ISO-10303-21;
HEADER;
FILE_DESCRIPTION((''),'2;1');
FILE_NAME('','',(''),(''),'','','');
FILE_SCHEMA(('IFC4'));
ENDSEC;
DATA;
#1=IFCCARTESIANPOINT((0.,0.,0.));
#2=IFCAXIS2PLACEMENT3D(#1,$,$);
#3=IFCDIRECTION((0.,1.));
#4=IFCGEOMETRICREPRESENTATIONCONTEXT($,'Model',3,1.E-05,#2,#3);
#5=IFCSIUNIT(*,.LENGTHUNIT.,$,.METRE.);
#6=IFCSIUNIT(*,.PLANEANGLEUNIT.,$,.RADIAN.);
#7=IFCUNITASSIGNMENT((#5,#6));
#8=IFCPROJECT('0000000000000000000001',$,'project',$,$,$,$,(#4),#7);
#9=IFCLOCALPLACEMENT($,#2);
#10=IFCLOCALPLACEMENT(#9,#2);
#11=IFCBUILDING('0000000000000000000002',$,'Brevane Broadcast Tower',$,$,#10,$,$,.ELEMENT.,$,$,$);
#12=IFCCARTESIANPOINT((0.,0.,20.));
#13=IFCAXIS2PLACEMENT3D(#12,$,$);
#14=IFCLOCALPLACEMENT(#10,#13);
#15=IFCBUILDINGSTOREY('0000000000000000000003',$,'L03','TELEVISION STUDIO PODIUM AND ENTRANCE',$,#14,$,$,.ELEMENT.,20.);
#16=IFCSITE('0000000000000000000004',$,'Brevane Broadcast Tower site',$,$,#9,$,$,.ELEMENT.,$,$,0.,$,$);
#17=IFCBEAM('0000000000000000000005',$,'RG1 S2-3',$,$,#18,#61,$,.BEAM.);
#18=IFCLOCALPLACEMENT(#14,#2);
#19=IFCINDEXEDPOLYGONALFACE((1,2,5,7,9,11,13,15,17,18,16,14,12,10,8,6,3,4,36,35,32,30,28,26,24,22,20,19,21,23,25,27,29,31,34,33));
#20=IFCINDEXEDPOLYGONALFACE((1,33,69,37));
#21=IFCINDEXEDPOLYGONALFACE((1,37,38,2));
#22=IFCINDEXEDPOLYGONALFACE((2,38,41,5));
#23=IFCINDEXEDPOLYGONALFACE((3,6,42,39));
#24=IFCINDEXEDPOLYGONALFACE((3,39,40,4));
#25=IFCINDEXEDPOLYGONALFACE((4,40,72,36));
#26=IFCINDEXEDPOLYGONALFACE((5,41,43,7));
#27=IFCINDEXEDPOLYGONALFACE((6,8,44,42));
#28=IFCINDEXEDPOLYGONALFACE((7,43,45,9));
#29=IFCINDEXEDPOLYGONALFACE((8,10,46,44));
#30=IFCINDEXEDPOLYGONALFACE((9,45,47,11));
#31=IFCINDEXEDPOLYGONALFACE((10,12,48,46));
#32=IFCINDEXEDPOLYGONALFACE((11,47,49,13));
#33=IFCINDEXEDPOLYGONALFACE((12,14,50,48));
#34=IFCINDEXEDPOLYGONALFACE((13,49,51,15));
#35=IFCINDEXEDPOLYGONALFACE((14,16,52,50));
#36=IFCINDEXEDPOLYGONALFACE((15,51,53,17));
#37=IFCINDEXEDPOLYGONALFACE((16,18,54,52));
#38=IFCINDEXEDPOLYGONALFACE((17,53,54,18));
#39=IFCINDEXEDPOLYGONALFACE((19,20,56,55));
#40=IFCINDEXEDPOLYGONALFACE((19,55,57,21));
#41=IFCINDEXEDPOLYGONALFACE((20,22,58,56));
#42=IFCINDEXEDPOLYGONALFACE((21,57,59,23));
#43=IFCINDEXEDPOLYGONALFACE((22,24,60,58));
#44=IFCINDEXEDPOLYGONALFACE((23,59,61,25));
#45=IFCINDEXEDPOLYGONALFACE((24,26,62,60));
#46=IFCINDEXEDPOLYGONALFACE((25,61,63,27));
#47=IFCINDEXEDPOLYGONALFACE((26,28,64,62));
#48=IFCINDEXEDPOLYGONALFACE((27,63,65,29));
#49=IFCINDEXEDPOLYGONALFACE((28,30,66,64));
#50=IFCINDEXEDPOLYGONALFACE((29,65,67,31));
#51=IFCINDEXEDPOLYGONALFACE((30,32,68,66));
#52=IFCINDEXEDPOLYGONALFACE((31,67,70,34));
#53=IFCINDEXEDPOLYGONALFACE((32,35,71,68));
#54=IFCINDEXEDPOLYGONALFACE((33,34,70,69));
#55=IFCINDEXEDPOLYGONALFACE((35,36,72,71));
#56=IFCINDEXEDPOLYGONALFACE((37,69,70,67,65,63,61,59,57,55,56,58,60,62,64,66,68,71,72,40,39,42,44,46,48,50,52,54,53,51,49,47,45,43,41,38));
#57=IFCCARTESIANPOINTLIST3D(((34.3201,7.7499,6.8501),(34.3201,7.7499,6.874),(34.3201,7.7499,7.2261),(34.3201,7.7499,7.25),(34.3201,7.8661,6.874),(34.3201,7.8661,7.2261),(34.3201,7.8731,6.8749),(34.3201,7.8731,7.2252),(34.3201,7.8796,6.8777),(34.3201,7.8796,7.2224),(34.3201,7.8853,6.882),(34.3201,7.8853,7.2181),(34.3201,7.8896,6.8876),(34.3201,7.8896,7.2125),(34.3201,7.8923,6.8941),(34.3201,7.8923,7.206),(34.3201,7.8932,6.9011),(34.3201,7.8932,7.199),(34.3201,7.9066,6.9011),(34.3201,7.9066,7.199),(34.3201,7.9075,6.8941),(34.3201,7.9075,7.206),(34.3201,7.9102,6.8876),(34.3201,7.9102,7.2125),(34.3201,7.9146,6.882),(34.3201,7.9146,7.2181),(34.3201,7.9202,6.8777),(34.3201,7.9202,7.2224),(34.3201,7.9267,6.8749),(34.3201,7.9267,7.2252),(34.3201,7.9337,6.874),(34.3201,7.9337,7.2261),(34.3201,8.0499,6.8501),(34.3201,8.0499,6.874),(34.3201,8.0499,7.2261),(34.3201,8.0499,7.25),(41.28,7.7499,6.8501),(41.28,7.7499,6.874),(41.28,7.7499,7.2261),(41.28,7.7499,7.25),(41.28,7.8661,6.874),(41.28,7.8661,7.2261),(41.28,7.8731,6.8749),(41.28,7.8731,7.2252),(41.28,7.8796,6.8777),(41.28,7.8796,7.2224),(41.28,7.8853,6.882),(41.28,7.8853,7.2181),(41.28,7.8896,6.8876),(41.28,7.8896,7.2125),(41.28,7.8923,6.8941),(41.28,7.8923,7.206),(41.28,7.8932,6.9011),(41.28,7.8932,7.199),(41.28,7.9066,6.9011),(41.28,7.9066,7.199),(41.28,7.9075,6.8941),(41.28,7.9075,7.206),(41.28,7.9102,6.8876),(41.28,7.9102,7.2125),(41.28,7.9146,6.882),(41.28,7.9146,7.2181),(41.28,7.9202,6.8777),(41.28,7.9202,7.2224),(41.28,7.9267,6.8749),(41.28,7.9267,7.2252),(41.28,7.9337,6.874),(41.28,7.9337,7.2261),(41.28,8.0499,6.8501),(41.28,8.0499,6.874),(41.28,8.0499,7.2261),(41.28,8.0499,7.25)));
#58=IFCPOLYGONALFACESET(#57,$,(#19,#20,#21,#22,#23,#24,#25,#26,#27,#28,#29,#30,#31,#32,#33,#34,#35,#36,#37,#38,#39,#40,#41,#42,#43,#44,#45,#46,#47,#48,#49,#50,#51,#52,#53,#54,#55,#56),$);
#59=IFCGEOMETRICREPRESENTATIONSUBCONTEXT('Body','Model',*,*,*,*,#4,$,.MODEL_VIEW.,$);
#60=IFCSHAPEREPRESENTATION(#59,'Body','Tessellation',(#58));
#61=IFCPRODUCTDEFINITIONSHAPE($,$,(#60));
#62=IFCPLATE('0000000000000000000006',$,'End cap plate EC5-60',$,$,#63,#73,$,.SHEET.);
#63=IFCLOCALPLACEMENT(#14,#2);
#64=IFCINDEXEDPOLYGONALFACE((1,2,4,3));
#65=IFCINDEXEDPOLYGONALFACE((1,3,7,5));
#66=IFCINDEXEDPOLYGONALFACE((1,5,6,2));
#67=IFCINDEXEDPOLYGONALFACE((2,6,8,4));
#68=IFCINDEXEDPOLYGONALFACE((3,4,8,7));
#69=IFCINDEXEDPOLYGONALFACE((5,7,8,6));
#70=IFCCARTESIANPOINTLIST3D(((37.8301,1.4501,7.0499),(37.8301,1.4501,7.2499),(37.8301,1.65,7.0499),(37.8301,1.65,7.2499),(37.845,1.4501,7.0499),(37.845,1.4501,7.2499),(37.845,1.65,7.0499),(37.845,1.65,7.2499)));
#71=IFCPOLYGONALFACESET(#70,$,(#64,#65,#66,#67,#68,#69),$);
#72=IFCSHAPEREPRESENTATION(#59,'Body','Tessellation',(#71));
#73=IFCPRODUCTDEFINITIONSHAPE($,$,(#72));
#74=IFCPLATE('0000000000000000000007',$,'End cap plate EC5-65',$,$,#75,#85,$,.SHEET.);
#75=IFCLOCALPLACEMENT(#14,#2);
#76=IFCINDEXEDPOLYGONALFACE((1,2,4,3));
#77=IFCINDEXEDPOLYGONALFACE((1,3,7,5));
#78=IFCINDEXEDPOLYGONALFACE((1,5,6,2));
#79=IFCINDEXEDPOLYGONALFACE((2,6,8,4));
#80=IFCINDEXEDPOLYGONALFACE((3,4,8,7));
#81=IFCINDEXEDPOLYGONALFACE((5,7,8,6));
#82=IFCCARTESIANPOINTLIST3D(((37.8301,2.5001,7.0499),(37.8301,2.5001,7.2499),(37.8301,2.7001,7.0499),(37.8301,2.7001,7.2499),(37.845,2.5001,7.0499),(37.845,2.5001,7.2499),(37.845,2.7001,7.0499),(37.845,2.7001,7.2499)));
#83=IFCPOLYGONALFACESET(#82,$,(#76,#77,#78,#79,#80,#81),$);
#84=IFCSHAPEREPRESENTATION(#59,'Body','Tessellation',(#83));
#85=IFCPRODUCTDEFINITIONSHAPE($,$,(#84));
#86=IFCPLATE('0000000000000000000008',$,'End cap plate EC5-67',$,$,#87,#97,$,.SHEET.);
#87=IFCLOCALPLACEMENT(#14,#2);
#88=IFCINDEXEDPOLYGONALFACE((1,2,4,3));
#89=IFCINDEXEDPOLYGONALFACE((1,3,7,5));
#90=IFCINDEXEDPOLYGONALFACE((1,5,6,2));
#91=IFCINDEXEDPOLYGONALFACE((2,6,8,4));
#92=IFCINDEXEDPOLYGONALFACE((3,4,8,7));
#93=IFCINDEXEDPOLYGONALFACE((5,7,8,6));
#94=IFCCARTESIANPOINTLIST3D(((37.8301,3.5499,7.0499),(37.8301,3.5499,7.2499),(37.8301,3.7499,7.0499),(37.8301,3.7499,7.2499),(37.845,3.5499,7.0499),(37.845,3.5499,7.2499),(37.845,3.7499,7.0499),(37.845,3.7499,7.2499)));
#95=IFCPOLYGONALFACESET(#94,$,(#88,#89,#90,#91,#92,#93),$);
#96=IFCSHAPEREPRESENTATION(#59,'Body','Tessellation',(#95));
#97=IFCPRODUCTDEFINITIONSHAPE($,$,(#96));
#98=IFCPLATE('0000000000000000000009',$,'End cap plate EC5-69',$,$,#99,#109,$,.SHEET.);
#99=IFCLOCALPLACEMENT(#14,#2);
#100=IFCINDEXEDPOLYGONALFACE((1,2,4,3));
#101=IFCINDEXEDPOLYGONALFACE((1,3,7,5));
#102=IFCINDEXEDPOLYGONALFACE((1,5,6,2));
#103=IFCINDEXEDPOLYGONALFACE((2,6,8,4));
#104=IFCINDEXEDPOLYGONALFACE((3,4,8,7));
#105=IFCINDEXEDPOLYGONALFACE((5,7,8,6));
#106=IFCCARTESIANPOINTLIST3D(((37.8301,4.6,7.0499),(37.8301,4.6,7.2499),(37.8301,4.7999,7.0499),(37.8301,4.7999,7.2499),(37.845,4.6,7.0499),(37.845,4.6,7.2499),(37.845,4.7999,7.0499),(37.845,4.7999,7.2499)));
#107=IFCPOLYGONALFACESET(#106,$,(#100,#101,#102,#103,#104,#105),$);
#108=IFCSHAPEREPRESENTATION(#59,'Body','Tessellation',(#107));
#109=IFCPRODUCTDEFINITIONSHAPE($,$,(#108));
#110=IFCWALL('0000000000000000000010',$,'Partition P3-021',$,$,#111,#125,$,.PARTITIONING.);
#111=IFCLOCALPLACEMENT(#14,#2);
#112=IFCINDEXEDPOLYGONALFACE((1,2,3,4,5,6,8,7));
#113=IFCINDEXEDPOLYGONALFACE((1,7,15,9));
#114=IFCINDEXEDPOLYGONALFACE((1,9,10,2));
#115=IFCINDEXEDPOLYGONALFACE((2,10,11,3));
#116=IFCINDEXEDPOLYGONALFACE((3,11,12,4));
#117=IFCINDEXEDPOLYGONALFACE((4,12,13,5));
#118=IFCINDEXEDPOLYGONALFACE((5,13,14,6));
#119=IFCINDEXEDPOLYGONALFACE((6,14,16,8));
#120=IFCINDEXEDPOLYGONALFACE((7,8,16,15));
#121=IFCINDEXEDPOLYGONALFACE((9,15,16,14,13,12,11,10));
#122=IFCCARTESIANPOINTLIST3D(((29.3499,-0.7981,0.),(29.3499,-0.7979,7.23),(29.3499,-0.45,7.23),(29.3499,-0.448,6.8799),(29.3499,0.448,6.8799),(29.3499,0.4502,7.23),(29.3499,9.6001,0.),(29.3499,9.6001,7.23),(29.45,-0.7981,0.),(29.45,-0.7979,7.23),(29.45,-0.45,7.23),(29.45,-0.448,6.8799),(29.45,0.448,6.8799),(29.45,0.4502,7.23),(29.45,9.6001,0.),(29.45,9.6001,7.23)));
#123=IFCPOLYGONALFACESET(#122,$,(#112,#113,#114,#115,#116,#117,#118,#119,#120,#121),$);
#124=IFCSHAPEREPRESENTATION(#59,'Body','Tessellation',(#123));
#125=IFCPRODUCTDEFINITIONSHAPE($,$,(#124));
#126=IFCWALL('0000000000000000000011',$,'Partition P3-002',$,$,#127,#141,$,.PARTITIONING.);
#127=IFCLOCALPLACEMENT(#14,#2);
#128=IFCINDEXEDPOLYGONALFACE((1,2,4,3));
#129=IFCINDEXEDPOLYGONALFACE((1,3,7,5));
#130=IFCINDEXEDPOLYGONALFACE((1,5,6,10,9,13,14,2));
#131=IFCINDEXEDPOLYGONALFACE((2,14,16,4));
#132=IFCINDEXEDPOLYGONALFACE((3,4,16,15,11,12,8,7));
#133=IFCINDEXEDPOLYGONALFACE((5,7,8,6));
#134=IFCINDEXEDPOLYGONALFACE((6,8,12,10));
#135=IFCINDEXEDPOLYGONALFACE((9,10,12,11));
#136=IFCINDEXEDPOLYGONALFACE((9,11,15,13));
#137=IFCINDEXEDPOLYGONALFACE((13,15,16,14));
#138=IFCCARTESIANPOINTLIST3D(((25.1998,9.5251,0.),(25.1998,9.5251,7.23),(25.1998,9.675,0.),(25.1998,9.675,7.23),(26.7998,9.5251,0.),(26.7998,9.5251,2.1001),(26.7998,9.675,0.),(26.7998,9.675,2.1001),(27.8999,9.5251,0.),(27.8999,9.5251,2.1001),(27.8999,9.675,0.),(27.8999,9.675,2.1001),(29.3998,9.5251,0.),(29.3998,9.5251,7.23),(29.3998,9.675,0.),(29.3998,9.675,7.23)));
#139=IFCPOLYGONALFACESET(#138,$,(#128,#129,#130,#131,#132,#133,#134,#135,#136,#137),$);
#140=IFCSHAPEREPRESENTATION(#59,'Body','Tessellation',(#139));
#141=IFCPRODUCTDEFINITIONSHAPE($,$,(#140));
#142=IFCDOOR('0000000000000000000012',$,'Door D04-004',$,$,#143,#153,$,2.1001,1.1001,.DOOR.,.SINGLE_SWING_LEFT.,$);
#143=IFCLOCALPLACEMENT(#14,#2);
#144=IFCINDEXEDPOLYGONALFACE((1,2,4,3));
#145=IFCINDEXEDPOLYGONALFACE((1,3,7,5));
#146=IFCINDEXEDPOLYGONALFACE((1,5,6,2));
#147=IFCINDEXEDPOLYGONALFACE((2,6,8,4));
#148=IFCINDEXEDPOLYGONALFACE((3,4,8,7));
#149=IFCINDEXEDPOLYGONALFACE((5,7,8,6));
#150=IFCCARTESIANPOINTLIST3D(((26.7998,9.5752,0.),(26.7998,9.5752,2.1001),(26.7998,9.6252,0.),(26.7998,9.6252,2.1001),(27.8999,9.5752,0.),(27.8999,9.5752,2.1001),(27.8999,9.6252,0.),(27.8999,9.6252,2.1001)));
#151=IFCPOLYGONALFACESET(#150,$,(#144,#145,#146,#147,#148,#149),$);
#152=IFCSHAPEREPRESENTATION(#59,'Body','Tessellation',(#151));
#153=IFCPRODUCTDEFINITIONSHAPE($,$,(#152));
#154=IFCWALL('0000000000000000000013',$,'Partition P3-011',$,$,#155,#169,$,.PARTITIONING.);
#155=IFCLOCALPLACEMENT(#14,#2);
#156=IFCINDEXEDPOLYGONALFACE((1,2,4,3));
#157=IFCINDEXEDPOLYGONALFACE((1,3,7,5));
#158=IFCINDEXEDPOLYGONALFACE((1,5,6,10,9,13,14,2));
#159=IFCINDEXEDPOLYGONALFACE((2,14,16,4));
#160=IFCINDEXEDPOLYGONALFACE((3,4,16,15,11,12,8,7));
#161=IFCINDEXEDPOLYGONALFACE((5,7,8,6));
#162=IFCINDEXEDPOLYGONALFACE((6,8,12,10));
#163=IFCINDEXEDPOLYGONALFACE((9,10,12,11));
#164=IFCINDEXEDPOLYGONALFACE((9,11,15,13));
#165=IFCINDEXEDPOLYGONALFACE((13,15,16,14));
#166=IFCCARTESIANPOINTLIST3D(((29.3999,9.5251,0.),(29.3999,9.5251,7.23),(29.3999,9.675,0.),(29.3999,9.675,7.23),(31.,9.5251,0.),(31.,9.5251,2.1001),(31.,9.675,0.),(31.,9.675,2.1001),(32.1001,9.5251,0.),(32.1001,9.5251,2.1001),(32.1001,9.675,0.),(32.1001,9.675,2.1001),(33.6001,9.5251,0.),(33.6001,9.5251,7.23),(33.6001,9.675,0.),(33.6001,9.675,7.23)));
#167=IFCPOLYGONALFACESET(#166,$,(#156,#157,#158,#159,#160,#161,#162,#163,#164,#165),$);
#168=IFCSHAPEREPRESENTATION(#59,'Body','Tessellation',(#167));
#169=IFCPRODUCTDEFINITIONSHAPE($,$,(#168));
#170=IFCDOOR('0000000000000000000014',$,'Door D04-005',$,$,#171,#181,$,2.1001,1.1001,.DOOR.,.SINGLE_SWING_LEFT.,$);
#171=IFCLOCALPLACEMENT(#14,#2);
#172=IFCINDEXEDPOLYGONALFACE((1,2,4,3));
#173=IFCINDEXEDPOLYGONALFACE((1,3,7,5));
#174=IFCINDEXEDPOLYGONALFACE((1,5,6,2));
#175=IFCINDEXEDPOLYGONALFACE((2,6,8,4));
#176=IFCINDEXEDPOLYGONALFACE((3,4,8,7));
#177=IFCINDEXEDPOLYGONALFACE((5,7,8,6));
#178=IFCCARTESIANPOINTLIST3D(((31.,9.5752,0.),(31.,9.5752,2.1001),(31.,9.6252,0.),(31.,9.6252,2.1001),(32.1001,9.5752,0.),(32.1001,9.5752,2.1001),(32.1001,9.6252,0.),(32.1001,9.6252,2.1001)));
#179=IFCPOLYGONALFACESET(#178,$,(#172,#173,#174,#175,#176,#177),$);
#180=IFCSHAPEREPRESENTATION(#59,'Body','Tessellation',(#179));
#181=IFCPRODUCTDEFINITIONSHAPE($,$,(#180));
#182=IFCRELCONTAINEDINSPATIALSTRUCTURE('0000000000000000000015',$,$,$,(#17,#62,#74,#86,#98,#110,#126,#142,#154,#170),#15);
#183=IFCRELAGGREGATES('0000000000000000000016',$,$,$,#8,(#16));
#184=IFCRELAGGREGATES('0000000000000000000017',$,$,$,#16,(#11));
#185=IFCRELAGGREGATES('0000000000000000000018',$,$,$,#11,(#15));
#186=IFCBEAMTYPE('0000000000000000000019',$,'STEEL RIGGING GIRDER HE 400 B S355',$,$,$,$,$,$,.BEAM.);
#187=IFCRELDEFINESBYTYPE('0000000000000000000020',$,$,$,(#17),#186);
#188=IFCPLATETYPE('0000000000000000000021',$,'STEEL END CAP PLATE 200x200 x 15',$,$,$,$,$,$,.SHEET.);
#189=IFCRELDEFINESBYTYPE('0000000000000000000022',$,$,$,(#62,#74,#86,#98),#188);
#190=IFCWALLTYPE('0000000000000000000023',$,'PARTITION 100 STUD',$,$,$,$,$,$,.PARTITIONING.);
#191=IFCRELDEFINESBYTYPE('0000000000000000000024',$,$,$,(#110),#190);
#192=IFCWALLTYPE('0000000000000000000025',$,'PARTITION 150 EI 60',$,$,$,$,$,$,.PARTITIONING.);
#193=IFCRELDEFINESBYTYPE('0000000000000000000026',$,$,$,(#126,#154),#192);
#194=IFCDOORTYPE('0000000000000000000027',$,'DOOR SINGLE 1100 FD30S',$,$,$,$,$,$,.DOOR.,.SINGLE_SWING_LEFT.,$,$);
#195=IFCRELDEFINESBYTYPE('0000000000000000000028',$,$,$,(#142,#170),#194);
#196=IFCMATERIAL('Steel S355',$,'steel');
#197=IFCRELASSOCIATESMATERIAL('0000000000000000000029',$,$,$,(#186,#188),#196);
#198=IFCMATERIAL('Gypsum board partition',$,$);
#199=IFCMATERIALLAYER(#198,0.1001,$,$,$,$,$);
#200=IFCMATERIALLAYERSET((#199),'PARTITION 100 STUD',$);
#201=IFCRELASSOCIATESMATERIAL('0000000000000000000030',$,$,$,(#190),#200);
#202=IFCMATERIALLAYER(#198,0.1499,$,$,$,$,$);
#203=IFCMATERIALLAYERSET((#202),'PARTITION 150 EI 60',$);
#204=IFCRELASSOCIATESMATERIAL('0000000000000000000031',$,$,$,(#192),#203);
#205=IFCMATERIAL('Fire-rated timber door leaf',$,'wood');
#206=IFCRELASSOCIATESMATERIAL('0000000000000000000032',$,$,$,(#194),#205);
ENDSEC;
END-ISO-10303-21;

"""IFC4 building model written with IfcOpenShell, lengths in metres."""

from ifc_helpers import new_model, si_unit, direction, frame, frame_2d, origin, origin_2d, place, context, subcontext, project, spatial, polyline, rectangle, i_section, outline, extrude, material, layer, layer_set, material_profile, profile_set, type_object, element, fill, save


model = new_model("IFC4")

# Units and contexts
model_context = context("Model", 3, precision=1e-05, world=origin(), true_north=direction((0.0, 1.0)))
body_context = subcontext(model_context, "Body", "Model", "MODEL_VIEW")
ifc_project = project(units=[si_unit("LENGTHUNIT", "METRE"), si_unit("PLANEANGLEUNIT", "RADIAN")], contexts=[model_context])

# Site, building, storey
site_placement = place(None, origin())
site = spatial("IfcSite", under=ifc_project, at=site_placement, Name="Brevane Broadcast Tower site", CompositionType="ELEMENT", RefElevation=0.0)
building_placement = place(site_placement, origin())
building = spatial("IfcBuilding", under=site, at=building_placement, Name="Brevane Broadcast Tower", CompositionType="ELEMENT")
storey_placement = place(building_placement, frame((0.0, 0.0, 20.0)))
storey = spatial("IfcBuildingStorey", under=building, at=storey_placement, Name="L03", Description="TELEVISION STUDIO PODIUM AND ENTRANCE", CompositionType="ELEMENT", Elevation=20.0)

# Beam
ifc_material_1 = material(Name="Steel S355", Category="steel")
ifc_material_profile_1 = material_profile(ifc_material_1, i_section(OverallWidth=0.3, OverallDepth=0.3999, WebThickness=0.0134, FlangeThickness=0.0239, FilletRadius=0.0271, at=origin_2d()), Name="HE 400 B")
ifc_profile_set_1 = profile_set([ifc_material_profile_1], Name="Steel S355")
beam_type_1 = type_object("IfcBeamType", Name="STEEL RIGGING GIRDER HE 400 B S355", PredefinedType="BEAM", material=ifc_profile_set_1)
beam_1_placement = place(storey_placement, frame((34.3201, 7.8999, 7.05), z_axis=(1.0, 0.0, 0.0), x_axis=(0.0, 1.0, 0.0)))
element("IfcBeam", 1, at=beam_1_placement, inside=storey, type_object=beam_type_1, Name="RG1 S2-3", PredefinedType="BEAM", context=body_context, shape_type="SweptSolid", body=[
    extrude(i_section(OverallWidth=0.3, OverallDepth=0.3999, WebThickness=0.0134, FlangeThickness=0.0239, FilletRadius=0.0271, at=origin_2d()), origin(), (0.0, 0.0, 1.0), 6.96),
])

# Plates
ifc_material_profile_2 = material_profile(ifc_material_1, rectangle(XDim=0.2, YDim=0.2, at=origin_2d()), Name="PL 200x200 x 15")
ifc_profile_set_2 = profile_set([ifc_material_profile_2], Name="Steel S355")
plate_type = type_object("IfcPlateType", Name="STEEL END CAP PLATE 200x200 x 15", PredefinedType="SHEET", material=ifc_profile_set_2)
for number, where, z_axis, x_axis, name in (
    (2, (37.8301, 1.55, 7.1499), (1.0, 0.0, 0.0), (0.0, 1.0, 0.0), "End cap plate EC5-60"),
    (3, (37.8301, 2.6001, 7.1499), (1.0, 0.0, 0.0), (0.0, 1.0, 0.0), "End cap plate EC5-65"),
    (4, (37.8301, 3.6499, 7.1499), (1.0, 0.0, 0.0), (0.0, 1.0, 0.0), "End cap plate EC5-67"),
    (5, (37.8301, 4.7, 7.1499), (1.0, 0.0, 0.0), (0.0, 1.0, 0.0), "End cap plate EC5-69"),
):
    element("IfcPlate", number, at=place(storey_placement, frame(where, z_axis=z_axis, x_axis=x_axis)), inside=storey, type_object=plate_type, Name=name, PredefinedType="SHEET", context=body_context, shape_type="SweptSolid", body=[
        extrude(rectangle(XDim=0.2, YDim=0.2, at=origin_2d()), origin(), (0.0, 0.0, 1.0), 0.0149),
    ])

# Wall
ifc_material_2 = material(Name="Gypsum board partition")
ifc_layer_1 = layer(ifc_material_2, 0.1001)
ifc_layer_set_1 = layer_set([ifc_layer_1], Name="PARTITION 100 STUD")
wall_type_1 = type_object("IfcWallType", Name="PARTITION 100 STUD", PredefinedType="PARTITIONING", material=ifc_layer_set_1)
wall_1_placement = place(storey_placement, frame((29.3999, 9.6001, 0.0), z_axis=(0.0, 0.0, 1.0), x_axis=(0.0, -1.0, 0.0)))
element("IfcWall", 6, at=wall_1_placement, inside=storey, type_object=wall_type_1, Name="Partition P3-021", PredefinedType="PARTITIONING", context=body_context, shape_type="SweptSolid", body=[
    extrude(outline(polyline([(0.0, 0.0), (10.3982, 0.0), (10.3979, 7.23), (10.05, 7.23), (10.0481, 6.8799), (9.1521, 6.8799), (9.1499, 7.23), (0.0, 7.23), (0.0, 0.0)])), frame((0.0, 0.05, 0.0), z_axis=(0.0, -1.0, 0.0), x_axis=(1.0, 0.0, 0.0)), (0.0, 0.0, 1.0), 0.1001),
])

# Walls, openings, doors
ifc_layer_2 = layer(ifc_material_2, 0.1499)
ifc_layer_set_2 = layer_set([ifc_layer_2], Name="PARTITION 150 EI 60")
wall_type_2 = type_object("IfcWallType", Name="PARTITION 150 EI 60", PredefinedType="PARTITIONING", material=ifc_layer_set_2)
wall_2_placement = place(storey_placement, frame((29.3999, 9.6001, 0.0), z_axis=(0.0, 0.0, 1.0), x_axis=(-1.0, 0.0, 0.0)))
wall_2 = element("IfcWall", 7, at=wall_2_placement, inside=storey, type_object=wall_type_2, Name="Partition P3-002", PredefinedType="PARTITIONING", context=body_context, shape_type="SweptSolid", body=[
    extrude(rectangle(XDim=4.2, YDim=0.1499, at=frame_2d((2.1001, 0.0))), origin(), (0.0, 0.0, 1.0), 7.23),
])
opening_1_placement = place(wall_2_placement, frame((1.5, 0.0, 0.0)))
opening_1 = element("IfcOpeningElement", 8, at=opening_1_placement, cuts=wall_2, PredefinedType="OPENING", context=body_context, shape_type="SweptSolid", body=[
    extrude(rectangle(XDim=1.1001, YDim=2.1001, at=frame_2d((0.55, 1.05))), frame((0.0, 0.085, 0.0), z_axis=(0.0, -1.0, 0.0), x_axis=(1.0, 0.0, 0.0)), (0.0, 0.0, 1.0), 0.1699),
])
ifc_material_3 = material(Name="Fire-rated timber door leaf", Category="wood")
door_type = type_object("IfcDoorType", Name="DOOR SINGLE 1100 FD30S", OperationType="SINGLE_SWING_LEFT", PredefinedType="DOOR", material=ifc_material_3)
door_1_placement = place(opening_1_placement, origin())
door_1 = element("IfcDoor", 9, at=door_1_placement, inside=storey, type_object=door_type, Name="Door D04-004", OperationType="SINGLE_SWING_LEFT", OverallHeight=2.1001, OverallWidth=1.1001, PredefinedType="DOOR", context=body_context, shape_type="SweptSolid", body=[
    extrude(rectangle(XDim=1.1001, YDim=2.1001, at=frame_2d((0.55, 1.05))), frame((0.0, 0.0249, 0.0), z_axis=(0.0, -1.0, 0.0), x_axis=(1.0, 0.0, 0.0)), (0.0, 0.0, 1.0), 0.05),
])
fill(opening_1, door_1)
wall_3_placement = place(storey_placement, frame((33.6001, 9.6001, 0.0), z_axis=(0.0, 0.0, 1.0), x_axis=(-1.0, 0.0, 0.0)))
wall_3 = element("IfcWall", 10, at=wall_3_placement, inside=storey, type_object=wall_type_2, Name="Partition P3-011", PredefinedType="PARTITIONING", context=body_context, shape_type="SweptSolid", body=[
    extrude(rectangle(XDim=4.2002, YDim=0.1499, at=frame_2d((2.1001, 0.0))), origin(), (0.0, 0.0, 1.0), 7.23),
])
opening_2_placement = place(wall_3_placement, frame((1.5, 0.0, 0.0)))
opening_2 = element("IfcOpeningElement", 11, at=opening_2_placement, cuts=wall_3, PredefinedType="OPENING", context=body_context, shape_type="SweptSolid", body=[
    extrude(rectangle(XDim=1.1001, YDim=2.1001, at=frame_2d((0.55, 1.05))), frame((0.0, 0.085, 0.0), z_axis=(0.0, -1.0, 0.0), x_axis=(1.0, 0.0, 0.0)), (0.0, 0.0, 1.0), 0.1699),
])
door_2_placement = place(opening_2_placement, origin())
door_2 = element("IfcDoor", 12, at=door_2_placement, inside=storey, type_object=door_type, Name="Door D04-005", OperationType="SINGLE_SWING_LEFT", OverallHeight=2.1001, OverallWidth=1.1001, PredefinedType="DOOR", context=body_context, shape_type="SweptSolid", body=[
    extrude(rectangle(XDim=1.1001, YDim=2.1001, at=frame_2d((0.55, 1.05))), frame((0.0, 0.0249, 0.0), z_axis=(0.0, -1.0, 0.0), x_axis=(1.0, 0.0, 0.0)), (0.0, 0.0, 1.0), 0.05),
])
fill(opening_2, door_2)

save(model, "model.ifc")
